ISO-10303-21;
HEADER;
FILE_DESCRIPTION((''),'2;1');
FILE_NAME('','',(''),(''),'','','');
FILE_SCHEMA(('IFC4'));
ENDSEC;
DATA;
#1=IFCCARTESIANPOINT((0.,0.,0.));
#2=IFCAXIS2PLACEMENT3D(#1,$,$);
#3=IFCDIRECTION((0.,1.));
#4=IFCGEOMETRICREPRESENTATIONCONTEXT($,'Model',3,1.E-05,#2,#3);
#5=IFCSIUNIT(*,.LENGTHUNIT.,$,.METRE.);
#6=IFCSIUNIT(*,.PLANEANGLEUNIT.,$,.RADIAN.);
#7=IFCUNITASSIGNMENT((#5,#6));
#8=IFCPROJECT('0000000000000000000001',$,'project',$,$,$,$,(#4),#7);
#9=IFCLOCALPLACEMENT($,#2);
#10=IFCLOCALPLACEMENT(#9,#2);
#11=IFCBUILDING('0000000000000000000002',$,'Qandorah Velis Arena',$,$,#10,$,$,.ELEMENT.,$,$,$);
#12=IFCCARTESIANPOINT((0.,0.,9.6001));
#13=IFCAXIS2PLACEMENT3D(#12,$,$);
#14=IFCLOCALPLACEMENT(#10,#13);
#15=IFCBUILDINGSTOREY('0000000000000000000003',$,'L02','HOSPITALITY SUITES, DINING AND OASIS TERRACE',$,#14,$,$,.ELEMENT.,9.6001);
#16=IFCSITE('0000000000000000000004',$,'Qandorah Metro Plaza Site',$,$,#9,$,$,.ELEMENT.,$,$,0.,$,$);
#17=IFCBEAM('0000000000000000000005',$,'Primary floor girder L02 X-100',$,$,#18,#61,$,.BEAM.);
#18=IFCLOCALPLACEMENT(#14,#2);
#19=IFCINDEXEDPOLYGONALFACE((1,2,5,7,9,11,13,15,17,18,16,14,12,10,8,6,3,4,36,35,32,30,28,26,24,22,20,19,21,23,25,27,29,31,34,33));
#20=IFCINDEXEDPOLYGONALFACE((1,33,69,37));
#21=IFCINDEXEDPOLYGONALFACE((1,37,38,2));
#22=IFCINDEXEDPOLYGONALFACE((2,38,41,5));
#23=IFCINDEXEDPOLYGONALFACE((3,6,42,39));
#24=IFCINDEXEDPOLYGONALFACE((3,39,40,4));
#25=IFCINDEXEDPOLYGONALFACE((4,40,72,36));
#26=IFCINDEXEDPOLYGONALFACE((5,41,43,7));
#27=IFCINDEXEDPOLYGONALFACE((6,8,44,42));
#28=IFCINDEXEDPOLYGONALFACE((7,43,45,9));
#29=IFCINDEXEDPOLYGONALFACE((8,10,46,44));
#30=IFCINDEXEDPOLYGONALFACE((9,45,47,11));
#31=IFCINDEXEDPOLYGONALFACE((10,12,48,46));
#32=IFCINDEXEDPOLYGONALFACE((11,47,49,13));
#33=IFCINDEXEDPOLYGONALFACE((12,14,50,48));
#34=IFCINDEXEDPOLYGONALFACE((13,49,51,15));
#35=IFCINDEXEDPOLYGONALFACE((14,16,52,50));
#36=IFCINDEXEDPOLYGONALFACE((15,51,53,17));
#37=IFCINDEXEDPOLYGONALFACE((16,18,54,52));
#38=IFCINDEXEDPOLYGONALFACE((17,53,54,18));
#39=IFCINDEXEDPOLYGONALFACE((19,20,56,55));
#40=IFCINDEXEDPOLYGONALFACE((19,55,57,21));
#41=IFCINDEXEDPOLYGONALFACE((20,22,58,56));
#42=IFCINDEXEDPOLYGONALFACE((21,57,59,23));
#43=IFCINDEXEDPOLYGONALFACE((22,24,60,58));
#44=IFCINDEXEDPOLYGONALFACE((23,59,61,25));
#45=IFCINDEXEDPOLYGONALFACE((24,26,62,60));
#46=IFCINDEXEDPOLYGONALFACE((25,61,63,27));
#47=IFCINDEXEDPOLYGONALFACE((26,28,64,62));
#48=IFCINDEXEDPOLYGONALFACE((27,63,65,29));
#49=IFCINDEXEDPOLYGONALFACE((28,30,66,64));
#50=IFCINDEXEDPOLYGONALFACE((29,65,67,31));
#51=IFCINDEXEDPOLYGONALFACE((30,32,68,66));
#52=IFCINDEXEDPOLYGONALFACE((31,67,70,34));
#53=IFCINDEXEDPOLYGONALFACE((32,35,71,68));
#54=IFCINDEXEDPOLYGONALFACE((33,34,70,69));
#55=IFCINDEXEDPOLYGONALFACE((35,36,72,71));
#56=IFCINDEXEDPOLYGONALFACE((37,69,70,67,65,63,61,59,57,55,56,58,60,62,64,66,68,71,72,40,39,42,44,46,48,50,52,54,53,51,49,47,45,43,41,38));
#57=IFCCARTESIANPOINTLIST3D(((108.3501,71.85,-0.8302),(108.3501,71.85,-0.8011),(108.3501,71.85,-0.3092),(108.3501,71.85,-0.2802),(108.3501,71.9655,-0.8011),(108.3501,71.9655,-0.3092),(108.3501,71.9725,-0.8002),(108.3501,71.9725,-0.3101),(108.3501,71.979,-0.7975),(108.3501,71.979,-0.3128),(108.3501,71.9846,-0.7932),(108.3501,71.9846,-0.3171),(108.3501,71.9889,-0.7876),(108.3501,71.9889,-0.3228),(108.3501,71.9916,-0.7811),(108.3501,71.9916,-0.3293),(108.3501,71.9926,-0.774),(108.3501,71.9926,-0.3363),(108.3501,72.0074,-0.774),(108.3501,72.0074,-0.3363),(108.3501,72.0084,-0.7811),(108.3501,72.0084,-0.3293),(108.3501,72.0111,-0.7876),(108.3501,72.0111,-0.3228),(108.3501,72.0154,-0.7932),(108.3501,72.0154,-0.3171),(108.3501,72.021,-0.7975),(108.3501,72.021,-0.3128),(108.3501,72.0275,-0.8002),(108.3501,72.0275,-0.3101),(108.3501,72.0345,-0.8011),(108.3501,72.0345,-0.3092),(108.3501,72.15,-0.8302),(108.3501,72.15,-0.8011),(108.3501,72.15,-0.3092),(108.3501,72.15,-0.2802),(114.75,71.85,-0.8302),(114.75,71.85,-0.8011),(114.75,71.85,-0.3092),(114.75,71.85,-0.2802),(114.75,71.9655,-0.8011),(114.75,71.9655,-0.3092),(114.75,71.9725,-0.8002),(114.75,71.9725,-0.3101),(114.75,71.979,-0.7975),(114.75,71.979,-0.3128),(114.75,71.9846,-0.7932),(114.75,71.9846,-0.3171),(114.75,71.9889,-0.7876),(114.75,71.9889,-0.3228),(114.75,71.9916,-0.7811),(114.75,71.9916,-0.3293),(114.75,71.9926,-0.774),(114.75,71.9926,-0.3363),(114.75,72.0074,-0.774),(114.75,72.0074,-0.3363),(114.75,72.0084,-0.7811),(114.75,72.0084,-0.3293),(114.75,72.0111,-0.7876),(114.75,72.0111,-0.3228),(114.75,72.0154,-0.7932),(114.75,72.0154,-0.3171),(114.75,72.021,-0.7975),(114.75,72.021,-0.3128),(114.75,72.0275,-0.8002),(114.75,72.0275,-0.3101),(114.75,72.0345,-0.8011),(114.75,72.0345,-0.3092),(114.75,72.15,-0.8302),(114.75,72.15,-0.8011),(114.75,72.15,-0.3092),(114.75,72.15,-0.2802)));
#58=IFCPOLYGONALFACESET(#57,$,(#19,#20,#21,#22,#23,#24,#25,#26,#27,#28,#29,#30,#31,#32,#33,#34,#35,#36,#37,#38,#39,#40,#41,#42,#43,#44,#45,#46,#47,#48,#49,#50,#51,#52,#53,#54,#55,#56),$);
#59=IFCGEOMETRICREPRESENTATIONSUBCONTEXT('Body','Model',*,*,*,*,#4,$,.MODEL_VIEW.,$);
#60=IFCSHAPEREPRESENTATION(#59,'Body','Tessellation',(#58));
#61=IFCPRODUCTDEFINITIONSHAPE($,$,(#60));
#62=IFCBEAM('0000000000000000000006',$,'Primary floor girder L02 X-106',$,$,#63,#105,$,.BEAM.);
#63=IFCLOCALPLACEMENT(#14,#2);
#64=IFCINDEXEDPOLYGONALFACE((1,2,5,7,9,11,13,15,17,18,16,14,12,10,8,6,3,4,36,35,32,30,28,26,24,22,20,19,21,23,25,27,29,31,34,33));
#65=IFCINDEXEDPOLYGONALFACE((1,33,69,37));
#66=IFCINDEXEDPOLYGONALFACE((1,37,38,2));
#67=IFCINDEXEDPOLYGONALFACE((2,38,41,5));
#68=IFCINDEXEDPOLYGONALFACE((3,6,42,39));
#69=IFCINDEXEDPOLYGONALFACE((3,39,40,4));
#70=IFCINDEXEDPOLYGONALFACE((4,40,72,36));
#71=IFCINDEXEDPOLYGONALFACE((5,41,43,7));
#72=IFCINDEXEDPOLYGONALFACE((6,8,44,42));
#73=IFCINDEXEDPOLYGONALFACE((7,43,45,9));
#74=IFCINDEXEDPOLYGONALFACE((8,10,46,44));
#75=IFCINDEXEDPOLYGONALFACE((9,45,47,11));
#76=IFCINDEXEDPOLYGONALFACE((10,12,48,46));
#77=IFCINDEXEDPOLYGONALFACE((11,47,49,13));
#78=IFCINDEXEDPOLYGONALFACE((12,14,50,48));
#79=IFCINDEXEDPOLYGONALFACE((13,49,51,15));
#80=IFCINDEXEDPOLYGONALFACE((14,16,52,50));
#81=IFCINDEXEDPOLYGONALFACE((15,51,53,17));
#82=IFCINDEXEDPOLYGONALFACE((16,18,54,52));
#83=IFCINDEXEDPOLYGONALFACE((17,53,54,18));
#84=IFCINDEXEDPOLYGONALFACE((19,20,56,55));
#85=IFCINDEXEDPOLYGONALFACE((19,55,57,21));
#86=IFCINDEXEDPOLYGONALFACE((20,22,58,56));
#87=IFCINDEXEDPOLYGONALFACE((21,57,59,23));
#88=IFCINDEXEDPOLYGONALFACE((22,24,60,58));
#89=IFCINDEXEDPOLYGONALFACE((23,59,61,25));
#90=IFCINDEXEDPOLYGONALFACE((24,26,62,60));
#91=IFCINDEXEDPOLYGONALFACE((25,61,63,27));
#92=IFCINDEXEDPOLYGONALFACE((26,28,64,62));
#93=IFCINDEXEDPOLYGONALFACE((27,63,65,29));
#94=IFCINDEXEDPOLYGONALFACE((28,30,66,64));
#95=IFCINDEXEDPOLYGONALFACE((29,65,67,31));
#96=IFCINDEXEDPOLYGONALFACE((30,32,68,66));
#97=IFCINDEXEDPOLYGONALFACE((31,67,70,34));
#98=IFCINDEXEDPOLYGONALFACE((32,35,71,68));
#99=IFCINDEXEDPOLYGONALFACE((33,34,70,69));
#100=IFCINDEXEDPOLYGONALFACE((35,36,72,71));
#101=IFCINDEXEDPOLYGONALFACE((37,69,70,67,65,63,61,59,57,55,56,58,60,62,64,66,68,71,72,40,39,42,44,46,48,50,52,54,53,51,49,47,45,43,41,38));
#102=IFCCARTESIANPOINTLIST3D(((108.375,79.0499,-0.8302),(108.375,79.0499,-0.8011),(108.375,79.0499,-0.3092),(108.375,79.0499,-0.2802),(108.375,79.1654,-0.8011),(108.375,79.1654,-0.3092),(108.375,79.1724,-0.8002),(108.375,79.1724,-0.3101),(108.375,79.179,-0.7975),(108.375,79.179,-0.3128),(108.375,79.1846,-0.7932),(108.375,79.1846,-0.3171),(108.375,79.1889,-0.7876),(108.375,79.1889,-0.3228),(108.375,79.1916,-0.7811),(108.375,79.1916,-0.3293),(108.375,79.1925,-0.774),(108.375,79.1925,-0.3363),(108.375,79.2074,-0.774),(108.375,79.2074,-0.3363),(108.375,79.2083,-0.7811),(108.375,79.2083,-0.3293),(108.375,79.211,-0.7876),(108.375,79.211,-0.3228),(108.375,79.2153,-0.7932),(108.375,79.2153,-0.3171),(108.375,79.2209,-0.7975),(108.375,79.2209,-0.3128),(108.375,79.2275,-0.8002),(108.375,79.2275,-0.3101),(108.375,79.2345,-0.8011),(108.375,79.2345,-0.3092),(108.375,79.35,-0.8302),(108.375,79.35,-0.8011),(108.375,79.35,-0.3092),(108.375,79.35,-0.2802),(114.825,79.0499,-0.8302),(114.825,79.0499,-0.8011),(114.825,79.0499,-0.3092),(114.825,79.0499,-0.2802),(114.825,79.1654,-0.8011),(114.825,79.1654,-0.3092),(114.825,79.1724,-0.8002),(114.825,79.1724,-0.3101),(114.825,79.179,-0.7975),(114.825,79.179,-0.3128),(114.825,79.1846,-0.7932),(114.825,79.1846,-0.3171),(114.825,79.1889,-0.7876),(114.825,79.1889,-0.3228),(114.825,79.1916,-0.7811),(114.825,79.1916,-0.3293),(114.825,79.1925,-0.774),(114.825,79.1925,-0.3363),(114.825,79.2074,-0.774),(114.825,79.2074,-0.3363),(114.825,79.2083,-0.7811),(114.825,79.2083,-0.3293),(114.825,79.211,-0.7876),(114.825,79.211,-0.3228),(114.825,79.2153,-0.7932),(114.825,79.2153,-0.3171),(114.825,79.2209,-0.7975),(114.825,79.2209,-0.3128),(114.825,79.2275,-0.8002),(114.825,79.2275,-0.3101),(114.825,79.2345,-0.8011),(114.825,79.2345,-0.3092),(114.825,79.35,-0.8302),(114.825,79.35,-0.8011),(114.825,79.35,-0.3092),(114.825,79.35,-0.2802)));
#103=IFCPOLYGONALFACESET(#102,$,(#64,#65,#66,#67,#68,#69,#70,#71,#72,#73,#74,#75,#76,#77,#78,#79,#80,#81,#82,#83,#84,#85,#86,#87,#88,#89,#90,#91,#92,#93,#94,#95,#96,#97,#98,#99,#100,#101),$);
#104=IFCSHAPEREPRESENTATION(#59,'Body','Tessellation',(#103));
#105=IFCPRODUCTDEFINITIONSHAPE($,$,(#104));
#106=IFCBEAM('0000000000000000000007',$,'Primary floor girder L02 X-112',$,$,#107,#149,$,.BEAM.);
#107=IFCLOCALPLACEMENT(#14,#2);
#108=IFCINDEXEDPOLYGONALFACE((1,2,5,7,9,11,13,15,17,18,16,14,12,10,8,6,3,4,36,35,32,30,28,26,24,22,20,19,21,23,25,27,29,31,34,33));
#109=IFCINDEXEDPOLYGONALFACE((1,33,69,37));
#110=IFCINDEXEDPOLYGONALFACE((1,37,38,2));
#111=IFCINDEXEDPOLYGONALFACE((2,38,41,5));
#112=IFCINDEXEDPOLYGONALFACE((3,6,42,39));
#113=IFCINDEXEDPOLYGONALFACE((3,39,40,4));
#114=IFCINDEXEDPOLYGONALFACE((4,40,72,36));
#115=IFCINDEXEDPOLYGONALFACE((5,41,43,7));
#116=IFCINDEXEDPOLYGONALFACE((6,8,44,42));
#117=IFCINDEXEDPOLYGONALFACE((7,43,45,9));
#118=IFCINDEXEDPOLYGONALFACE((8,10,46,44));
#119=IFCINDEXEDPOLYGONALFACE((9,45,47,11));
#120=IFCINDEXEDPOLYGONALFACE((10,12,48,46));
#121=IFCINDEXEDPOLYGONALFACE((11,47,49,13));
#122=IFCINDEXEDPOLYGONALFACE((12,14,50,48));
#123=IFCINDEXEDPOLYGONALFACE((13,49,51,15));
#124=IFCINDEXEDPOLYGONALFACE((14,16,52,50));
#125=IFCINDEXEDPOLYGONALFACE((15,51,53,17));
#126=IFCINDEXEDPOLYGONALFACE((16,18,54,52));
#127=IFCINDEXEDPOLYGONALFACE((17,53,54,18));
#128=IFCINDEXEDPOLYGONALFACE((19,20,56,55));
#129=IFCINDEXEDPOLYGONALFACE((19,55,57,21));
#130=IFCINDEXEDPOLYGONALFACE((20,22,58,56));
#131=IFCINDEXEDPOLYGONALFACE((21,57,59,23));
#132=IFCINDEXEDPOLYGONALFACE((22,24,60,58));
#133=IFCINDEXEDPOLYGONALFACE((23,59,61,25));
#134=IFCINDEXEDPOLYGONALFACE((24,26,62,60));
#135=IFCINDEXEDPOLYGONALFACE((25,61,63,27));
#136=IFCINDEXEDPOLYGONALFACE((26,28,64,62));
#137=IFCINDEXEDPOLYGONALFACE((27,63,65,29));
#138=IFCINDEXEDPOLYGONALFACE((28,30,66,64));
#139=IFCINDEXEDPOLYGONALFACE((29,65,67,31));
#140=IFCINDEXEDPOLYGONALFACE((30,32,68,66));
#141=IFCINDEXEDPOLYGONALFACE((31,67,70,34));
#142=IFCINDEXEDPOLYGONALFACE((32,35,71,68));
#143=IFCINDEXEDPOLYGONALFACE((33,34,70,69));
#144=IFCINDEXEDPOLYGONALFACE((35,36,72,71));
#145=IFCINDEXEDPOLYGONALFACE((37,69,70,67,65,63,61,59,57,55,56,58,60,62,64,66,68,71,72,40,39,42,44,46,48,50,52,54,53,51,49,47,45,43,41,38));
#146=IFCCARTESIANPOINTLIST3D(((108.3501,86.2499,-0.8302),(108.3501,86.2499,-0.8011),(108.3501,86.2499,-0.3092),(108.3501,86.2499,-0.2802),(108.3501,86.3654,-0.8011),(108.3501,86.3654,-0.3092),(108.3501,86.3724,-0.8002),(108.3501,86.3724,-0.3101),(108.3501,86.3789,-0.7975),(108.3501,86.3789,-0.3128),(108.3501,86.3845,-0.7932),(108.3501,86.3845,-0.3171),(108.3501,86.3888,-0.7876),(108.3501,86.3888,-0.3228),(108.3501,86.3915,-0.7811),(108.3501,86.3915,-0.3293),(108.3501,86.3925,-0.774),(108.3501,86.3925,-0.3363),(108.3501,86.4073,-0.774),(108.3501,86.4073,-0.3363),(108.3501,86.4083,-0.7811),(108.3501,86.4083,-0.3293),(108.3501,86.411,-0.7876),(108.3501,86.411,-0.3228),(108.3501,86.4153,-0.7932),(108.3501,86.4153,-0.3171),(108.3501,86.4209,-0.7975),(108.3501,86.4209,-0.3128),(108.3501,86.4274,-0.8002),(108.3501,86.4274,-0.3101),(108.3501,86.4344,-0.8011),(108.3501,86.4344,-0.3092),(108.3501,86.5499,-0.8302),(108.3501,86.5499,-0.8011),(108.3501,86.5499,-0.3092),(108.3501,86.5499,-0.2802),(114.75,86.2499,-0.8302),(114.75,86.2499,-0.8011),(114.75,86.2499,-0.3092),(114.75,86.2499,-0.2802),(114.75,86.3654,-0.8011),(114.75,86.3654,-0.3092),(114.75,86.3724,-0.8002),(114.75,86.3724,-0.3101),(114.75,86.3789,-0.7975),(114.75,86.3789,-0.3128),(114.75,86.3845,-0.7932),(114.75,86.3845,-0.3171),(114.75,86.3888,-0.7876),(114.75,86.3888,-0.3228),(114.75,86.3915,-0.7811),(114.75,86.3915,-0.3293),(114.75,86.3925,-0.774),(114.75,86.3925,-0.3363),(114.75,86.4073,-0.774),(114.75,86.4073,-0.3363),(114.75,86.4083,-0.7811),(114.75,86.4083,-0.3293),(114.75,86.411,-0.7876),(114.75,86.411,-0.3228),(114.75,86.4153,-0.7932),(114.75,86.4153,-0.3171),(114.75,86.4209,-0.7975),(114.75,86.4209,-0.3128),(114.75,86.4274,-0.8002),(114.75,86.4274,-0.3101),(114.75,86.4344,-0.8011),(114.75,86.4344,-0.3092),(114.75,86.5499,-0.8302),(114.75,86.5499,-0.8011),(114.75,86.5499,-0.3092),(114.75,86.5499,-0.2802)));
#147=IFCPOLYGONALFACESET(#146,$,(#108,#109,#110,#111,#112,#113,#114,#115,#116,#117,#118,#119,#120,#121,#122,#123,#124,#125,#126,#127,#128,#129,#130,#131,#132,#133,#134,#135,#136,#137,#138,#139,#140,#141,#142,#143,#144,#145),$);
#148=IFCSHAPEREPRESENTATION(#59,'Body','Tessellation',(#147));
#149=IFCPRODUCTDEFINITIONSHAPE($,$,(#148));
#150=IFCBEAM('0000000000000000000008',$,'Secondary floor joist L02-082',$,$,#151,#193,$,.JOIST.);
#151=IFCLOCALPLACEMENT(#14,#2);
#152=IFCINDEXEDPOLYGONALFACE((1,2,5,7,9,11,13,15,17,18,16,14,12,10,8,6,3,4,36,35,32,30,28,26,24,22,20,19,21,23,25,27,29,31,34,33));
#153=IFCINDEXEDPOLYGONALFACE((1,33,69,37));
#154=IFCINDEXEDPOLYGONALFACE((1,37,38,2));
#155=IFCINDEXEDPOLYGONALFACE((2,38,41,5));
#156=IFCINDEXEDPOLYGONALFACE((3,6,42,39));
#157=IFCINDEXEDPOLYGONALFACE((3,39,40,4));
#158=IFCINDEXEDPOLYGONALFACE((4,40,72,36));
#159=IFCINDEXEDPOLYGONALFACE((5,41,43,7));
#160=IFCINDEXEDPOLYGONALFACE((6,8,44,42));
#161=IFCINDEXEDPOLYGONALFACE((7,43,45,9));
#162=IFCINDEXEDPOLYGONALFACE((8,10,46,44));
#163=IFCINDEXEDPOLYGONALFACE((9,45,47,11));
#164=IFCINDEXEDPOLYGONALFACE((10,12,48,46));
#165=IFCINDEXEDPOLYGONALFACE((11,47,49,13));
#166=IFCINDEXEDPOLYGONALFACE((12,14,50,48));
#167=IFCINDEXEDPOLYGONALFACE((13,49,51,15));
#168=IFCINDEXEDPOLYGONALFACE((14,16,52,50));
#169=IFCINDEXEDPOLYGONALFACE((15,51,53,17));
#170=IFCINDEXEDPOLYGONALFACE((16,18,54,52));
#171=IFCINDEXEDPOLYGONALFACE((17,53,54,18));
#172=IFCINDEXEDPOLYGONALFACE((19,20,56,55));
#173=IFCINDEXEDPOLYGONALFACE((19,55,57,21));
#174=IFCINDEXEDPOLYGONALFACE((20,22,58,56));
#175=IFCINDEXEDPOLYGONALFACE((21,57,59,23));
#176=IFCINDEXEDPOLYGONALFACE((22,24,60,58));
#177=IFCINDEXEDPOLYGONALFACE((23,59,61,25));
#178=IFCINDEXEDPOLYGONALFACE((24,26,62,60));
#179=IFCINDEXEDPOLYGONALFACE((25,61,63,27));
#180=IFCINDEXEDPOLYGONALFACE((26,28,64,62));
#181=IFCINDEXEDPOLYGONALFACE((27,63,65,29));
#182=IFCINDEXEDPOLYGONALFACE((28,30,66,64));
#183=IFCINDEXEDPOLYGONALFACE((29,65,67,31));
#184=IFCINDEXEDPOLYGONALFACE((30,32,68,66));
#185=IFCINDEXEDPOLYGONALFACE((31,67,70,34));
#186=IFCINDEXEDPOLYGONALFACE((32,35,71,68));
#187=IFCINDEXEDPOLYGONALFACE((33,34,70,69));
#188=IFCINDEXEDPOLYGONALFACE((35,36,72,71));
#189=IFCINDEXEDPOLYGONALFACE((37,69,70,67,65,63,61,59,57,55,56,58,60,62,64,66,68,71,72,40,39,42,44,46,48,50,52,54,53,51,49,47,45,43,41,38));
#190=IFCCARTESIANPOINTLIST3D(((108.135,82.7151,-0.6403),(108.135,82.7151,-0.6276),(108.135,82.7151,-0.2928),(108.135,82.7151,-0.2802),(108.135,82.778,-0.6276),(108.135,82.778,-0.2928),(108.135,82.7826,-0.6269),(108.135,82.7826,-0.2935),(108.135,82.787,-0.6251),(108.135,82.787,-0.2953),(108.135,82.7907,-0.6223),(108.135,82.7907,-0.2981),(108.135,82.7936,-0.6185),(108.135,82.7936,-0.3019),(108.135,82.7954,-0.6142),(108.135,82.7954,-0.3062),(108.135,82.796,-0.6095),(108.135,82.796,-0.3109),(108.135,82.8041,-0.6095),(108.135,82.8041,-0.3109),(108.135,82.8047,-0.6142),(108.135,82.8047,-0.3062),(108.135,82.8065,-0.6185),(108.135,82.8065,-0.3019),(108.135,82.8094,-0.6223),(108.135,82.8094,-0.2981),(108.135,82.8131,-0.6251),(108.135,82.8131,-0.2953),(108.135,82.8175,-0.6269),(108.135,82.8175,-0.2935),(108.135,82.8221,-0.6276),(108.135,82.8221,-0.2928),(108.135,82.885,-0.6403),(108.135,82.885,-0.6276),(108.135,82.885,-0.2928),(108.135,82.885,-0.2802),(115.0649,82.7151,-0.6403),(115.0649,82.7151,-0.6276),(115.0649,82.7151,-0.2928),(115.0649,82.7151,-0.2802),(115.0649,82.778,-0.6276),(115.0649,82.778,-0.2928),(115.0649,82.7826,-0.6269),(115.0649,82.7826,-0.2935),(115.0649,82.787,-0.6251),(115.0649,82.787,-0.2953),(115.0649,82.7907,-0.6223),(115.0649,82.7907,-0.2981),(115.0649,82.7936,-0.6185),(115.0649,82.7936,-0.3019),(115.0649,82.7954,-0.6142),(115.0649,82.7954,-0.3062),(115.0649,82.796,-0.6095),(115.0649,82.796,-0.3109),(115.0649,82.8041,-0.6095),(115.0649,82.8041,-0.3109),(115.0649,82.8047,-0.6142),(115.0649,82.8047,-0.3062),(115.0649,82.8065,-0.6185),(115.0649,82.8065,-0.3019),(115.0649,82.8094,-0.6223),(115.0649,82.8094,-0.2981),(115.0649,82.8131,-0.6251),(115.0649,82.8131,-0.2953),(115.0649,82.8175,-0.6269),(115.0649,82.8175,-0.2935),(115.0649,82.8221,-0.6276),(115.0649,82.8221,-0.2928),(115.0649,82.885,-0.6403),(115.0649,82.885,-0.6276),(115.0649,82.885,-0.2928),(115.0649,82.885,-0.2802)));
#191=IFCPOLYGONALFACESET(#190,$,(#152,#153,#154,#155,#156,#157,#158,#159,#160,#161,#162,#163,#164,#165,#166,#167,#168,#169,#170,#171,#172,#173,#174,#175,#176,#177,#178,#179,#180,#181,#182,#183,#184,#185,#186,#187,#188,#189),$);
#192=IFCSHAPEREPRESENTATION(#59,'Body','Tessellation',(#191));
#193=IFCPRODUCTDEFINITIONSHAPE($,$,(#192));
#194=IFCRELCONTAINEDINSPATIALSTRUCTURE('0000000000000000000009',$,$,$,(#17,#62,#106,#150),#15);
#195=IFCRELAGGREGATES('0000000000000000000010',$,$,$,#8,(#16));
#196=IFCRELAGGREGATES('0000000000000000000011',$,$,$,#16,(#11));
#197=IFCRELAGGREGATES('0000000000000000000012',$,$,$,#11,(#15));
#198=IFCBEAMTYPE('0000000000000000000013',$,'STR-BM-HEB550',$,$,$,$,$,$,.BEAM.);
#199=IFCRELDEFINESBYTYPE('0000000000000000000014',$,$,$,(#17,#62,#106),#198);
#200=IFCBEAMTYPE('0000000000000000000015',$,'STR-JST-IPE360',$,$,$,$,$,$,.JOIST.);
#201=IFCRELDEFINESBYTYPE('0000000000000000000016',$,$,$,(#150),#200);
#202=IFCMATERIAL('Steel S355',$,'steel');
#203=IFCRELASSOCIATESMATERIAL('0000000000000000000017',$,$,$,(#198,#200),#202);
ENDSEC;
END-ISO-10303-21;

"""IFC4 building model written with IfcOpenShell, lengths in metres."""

from ifc_helpers import new_model, si_unit, direction, frame, origin, origin_2d, place, context, subcontext, project, spatial, i_section, extrude, material, material_profile, profile_set, type_object, element, save


model = new_model("IFC4")

# Units and contexts
model_context = context("Model", 3, precision=1e-05, world=origin(), true_north=direction((0.0, 1.0)))
body_context = subcontext(model_context, "Body", "Model", "MODEL_VIEW")
ifc_project = project(units=[si_unit("LENGTHUNIT", "METRE"), si_unit("PLANEANGLEUNIT", "RADIAN")], contexts=[model_context])

# Site, building, storey
site_placement = place(None, origin())
site = spatial("IfcSite", under=ifc_project, at=site_placement, Name="Qandorah Metro Plaza Site", CompositionType="ELEMENT", RefElevation=0.0)
building_placement = place(site_placement, origin())
building = spatial("IfcBuilding", under=site, at=building_placement, Name="Qandorah Velis Arena", CompositionType="ELEMENT")
storey_placement = place(building_placement, frame((0.0, 0.0, 9.6001)))
storey = spatial("IfcBuildingStorey", under=building, at=storey_placement, Name="L02", Description="HOSPITALITY SUITES, DINING AND OASIS TERRACE", CompositionType="ELEMENT", Elevation=9.6001)

# Beams
ifc_material_1 = material(Name="Steel S355", Category="steel")
ifc_material_profile_1 = material_profile(ifc_material_1, i_section(OverallWidth=0.3, OverallDepth=0.55, WebThickness=0.0149, FlangeThickness=0.0291, FilletRadius=0.0271, at=origin_2d()), Name="HEB 550")
ifc_profile_set_1 = profile_set([ifc_material_profile_1], Name="Steel S355")
beam_type_1 = type_object("IfcBeamType", Name="STR-BM-HEB550", PredefinedType="BEAM", material=ifc_profile_set_1)
beam_1_placement = place(storey_placement, frame((108.3501, 72.0, -0.5552), z_axis=(1.0, 0.0, 0.0), x_axis=(0.0, 1.0, 0.0)))
element("IfcBeam", 1, at=beam_1_placement, inside=storey, type_object=beam_type_1, Name="Primary floor girder L02 X-100", PredefinedType="BEAM", context=body_context, shape_type="SweptSolid", body=[
    extrude(i_section(OverallWidth=0.3, OverallDepth=0.55, WebThickness=0.0149, FlangeThickness=0.0291, FilletRadius=0.0271, at=origin_2d()), origin(), (0.0, 0.0, 1.0), 6.3999),
])
beam_2_placement = place(storey_placement, frame((108.375, 79.2, -0.5552), z_axis=(1.0, 0.0, 0.0), x_axis=(0.0, 1.0, 0.0)))
element("IfcBeam", 2, at=beam_2_placement, inside=storey, type_object=beam_type_1, Name="Primary floor girder L02 X-106", PredefinedType="BEAM", context=body_context, shape_type="SweptSolid", body=[
    extrude(i_section(OverallWidth=0.3, OverallDepth=0.55, WebThickness=0.0149, FlangeThickness=0.0291, FilletRadius=0.0271, at=origin_2d()), origin(), (0.0, 0.0, 1.0), 6.45),
])
beam_3_placement = place(storey_placement, frame((108.3501, 86.3999, -0.5552), z_axis=(1.0, 0.0, 0.0), x_axis=(0.0, 1.0, 0.0)))
element("IfcBeam", 3, at=beam_3_placement, inside=storey, type_object=beam_type_1, Name="Primary floor girder L02 X-112", PredefinedType="BEAM", context=body_context, shape_type="SweptSolid", body=[
    extrude(i_section(OverallWidth=0.3, OverallDepth=0.55, WebThickness=0.0149, FlangeThickness=0.0291, FilletRadius=0.0271, at=origin_2d()), origin(), (0.0, 0.0, 1.0), 6.3999),
])
ifc_material_profile_2 = material_profile(ifc_material_1, i_section(OverallWidth=0.1699, OverallDepth=0.3601, WebThickness=0.0081, FlangeThickness=0.0127, FilletRadius=0.0181, at=origin_2d()), Name="IPE 360")
ifc_profile_set_2 = profile_set([ifc_material_profile_2], Name="Steel S355")
beam_type_2 = type_object("IfcBeamType", Name="STR-JST-IPE360", PredefinedType="JOIST", material=ifc_profile_set_2)
for number, where, z_axis, x_axis, name in (
    (4, (108.135, 82.8, -0.4602), (1.0, 0.0, 0.0), (0.0, 1.0, 0.0), "Secondary floor joist L02-082"),
):
    element("IfcBeam", number, at=place(storey_placement, frame(where, z_axis=z_axis, x_axis=x_axis)), inside=storey, type_object=beam_type_2, Name=name, PredefinedType="JOIST", context=body_context, shape_type="SweptSolid", body=[
        extrude(i_section(OverallWidth=0.1699, OverallDepth=0.3601, WebThickness=0.0081, FlangeThickness=0.0127, FilletRadius=0.0181, at=origin_2d()), origin(), (0.0, 0.0, 1.0), 6.9299),
    ])

save(model, "model.ifc")
